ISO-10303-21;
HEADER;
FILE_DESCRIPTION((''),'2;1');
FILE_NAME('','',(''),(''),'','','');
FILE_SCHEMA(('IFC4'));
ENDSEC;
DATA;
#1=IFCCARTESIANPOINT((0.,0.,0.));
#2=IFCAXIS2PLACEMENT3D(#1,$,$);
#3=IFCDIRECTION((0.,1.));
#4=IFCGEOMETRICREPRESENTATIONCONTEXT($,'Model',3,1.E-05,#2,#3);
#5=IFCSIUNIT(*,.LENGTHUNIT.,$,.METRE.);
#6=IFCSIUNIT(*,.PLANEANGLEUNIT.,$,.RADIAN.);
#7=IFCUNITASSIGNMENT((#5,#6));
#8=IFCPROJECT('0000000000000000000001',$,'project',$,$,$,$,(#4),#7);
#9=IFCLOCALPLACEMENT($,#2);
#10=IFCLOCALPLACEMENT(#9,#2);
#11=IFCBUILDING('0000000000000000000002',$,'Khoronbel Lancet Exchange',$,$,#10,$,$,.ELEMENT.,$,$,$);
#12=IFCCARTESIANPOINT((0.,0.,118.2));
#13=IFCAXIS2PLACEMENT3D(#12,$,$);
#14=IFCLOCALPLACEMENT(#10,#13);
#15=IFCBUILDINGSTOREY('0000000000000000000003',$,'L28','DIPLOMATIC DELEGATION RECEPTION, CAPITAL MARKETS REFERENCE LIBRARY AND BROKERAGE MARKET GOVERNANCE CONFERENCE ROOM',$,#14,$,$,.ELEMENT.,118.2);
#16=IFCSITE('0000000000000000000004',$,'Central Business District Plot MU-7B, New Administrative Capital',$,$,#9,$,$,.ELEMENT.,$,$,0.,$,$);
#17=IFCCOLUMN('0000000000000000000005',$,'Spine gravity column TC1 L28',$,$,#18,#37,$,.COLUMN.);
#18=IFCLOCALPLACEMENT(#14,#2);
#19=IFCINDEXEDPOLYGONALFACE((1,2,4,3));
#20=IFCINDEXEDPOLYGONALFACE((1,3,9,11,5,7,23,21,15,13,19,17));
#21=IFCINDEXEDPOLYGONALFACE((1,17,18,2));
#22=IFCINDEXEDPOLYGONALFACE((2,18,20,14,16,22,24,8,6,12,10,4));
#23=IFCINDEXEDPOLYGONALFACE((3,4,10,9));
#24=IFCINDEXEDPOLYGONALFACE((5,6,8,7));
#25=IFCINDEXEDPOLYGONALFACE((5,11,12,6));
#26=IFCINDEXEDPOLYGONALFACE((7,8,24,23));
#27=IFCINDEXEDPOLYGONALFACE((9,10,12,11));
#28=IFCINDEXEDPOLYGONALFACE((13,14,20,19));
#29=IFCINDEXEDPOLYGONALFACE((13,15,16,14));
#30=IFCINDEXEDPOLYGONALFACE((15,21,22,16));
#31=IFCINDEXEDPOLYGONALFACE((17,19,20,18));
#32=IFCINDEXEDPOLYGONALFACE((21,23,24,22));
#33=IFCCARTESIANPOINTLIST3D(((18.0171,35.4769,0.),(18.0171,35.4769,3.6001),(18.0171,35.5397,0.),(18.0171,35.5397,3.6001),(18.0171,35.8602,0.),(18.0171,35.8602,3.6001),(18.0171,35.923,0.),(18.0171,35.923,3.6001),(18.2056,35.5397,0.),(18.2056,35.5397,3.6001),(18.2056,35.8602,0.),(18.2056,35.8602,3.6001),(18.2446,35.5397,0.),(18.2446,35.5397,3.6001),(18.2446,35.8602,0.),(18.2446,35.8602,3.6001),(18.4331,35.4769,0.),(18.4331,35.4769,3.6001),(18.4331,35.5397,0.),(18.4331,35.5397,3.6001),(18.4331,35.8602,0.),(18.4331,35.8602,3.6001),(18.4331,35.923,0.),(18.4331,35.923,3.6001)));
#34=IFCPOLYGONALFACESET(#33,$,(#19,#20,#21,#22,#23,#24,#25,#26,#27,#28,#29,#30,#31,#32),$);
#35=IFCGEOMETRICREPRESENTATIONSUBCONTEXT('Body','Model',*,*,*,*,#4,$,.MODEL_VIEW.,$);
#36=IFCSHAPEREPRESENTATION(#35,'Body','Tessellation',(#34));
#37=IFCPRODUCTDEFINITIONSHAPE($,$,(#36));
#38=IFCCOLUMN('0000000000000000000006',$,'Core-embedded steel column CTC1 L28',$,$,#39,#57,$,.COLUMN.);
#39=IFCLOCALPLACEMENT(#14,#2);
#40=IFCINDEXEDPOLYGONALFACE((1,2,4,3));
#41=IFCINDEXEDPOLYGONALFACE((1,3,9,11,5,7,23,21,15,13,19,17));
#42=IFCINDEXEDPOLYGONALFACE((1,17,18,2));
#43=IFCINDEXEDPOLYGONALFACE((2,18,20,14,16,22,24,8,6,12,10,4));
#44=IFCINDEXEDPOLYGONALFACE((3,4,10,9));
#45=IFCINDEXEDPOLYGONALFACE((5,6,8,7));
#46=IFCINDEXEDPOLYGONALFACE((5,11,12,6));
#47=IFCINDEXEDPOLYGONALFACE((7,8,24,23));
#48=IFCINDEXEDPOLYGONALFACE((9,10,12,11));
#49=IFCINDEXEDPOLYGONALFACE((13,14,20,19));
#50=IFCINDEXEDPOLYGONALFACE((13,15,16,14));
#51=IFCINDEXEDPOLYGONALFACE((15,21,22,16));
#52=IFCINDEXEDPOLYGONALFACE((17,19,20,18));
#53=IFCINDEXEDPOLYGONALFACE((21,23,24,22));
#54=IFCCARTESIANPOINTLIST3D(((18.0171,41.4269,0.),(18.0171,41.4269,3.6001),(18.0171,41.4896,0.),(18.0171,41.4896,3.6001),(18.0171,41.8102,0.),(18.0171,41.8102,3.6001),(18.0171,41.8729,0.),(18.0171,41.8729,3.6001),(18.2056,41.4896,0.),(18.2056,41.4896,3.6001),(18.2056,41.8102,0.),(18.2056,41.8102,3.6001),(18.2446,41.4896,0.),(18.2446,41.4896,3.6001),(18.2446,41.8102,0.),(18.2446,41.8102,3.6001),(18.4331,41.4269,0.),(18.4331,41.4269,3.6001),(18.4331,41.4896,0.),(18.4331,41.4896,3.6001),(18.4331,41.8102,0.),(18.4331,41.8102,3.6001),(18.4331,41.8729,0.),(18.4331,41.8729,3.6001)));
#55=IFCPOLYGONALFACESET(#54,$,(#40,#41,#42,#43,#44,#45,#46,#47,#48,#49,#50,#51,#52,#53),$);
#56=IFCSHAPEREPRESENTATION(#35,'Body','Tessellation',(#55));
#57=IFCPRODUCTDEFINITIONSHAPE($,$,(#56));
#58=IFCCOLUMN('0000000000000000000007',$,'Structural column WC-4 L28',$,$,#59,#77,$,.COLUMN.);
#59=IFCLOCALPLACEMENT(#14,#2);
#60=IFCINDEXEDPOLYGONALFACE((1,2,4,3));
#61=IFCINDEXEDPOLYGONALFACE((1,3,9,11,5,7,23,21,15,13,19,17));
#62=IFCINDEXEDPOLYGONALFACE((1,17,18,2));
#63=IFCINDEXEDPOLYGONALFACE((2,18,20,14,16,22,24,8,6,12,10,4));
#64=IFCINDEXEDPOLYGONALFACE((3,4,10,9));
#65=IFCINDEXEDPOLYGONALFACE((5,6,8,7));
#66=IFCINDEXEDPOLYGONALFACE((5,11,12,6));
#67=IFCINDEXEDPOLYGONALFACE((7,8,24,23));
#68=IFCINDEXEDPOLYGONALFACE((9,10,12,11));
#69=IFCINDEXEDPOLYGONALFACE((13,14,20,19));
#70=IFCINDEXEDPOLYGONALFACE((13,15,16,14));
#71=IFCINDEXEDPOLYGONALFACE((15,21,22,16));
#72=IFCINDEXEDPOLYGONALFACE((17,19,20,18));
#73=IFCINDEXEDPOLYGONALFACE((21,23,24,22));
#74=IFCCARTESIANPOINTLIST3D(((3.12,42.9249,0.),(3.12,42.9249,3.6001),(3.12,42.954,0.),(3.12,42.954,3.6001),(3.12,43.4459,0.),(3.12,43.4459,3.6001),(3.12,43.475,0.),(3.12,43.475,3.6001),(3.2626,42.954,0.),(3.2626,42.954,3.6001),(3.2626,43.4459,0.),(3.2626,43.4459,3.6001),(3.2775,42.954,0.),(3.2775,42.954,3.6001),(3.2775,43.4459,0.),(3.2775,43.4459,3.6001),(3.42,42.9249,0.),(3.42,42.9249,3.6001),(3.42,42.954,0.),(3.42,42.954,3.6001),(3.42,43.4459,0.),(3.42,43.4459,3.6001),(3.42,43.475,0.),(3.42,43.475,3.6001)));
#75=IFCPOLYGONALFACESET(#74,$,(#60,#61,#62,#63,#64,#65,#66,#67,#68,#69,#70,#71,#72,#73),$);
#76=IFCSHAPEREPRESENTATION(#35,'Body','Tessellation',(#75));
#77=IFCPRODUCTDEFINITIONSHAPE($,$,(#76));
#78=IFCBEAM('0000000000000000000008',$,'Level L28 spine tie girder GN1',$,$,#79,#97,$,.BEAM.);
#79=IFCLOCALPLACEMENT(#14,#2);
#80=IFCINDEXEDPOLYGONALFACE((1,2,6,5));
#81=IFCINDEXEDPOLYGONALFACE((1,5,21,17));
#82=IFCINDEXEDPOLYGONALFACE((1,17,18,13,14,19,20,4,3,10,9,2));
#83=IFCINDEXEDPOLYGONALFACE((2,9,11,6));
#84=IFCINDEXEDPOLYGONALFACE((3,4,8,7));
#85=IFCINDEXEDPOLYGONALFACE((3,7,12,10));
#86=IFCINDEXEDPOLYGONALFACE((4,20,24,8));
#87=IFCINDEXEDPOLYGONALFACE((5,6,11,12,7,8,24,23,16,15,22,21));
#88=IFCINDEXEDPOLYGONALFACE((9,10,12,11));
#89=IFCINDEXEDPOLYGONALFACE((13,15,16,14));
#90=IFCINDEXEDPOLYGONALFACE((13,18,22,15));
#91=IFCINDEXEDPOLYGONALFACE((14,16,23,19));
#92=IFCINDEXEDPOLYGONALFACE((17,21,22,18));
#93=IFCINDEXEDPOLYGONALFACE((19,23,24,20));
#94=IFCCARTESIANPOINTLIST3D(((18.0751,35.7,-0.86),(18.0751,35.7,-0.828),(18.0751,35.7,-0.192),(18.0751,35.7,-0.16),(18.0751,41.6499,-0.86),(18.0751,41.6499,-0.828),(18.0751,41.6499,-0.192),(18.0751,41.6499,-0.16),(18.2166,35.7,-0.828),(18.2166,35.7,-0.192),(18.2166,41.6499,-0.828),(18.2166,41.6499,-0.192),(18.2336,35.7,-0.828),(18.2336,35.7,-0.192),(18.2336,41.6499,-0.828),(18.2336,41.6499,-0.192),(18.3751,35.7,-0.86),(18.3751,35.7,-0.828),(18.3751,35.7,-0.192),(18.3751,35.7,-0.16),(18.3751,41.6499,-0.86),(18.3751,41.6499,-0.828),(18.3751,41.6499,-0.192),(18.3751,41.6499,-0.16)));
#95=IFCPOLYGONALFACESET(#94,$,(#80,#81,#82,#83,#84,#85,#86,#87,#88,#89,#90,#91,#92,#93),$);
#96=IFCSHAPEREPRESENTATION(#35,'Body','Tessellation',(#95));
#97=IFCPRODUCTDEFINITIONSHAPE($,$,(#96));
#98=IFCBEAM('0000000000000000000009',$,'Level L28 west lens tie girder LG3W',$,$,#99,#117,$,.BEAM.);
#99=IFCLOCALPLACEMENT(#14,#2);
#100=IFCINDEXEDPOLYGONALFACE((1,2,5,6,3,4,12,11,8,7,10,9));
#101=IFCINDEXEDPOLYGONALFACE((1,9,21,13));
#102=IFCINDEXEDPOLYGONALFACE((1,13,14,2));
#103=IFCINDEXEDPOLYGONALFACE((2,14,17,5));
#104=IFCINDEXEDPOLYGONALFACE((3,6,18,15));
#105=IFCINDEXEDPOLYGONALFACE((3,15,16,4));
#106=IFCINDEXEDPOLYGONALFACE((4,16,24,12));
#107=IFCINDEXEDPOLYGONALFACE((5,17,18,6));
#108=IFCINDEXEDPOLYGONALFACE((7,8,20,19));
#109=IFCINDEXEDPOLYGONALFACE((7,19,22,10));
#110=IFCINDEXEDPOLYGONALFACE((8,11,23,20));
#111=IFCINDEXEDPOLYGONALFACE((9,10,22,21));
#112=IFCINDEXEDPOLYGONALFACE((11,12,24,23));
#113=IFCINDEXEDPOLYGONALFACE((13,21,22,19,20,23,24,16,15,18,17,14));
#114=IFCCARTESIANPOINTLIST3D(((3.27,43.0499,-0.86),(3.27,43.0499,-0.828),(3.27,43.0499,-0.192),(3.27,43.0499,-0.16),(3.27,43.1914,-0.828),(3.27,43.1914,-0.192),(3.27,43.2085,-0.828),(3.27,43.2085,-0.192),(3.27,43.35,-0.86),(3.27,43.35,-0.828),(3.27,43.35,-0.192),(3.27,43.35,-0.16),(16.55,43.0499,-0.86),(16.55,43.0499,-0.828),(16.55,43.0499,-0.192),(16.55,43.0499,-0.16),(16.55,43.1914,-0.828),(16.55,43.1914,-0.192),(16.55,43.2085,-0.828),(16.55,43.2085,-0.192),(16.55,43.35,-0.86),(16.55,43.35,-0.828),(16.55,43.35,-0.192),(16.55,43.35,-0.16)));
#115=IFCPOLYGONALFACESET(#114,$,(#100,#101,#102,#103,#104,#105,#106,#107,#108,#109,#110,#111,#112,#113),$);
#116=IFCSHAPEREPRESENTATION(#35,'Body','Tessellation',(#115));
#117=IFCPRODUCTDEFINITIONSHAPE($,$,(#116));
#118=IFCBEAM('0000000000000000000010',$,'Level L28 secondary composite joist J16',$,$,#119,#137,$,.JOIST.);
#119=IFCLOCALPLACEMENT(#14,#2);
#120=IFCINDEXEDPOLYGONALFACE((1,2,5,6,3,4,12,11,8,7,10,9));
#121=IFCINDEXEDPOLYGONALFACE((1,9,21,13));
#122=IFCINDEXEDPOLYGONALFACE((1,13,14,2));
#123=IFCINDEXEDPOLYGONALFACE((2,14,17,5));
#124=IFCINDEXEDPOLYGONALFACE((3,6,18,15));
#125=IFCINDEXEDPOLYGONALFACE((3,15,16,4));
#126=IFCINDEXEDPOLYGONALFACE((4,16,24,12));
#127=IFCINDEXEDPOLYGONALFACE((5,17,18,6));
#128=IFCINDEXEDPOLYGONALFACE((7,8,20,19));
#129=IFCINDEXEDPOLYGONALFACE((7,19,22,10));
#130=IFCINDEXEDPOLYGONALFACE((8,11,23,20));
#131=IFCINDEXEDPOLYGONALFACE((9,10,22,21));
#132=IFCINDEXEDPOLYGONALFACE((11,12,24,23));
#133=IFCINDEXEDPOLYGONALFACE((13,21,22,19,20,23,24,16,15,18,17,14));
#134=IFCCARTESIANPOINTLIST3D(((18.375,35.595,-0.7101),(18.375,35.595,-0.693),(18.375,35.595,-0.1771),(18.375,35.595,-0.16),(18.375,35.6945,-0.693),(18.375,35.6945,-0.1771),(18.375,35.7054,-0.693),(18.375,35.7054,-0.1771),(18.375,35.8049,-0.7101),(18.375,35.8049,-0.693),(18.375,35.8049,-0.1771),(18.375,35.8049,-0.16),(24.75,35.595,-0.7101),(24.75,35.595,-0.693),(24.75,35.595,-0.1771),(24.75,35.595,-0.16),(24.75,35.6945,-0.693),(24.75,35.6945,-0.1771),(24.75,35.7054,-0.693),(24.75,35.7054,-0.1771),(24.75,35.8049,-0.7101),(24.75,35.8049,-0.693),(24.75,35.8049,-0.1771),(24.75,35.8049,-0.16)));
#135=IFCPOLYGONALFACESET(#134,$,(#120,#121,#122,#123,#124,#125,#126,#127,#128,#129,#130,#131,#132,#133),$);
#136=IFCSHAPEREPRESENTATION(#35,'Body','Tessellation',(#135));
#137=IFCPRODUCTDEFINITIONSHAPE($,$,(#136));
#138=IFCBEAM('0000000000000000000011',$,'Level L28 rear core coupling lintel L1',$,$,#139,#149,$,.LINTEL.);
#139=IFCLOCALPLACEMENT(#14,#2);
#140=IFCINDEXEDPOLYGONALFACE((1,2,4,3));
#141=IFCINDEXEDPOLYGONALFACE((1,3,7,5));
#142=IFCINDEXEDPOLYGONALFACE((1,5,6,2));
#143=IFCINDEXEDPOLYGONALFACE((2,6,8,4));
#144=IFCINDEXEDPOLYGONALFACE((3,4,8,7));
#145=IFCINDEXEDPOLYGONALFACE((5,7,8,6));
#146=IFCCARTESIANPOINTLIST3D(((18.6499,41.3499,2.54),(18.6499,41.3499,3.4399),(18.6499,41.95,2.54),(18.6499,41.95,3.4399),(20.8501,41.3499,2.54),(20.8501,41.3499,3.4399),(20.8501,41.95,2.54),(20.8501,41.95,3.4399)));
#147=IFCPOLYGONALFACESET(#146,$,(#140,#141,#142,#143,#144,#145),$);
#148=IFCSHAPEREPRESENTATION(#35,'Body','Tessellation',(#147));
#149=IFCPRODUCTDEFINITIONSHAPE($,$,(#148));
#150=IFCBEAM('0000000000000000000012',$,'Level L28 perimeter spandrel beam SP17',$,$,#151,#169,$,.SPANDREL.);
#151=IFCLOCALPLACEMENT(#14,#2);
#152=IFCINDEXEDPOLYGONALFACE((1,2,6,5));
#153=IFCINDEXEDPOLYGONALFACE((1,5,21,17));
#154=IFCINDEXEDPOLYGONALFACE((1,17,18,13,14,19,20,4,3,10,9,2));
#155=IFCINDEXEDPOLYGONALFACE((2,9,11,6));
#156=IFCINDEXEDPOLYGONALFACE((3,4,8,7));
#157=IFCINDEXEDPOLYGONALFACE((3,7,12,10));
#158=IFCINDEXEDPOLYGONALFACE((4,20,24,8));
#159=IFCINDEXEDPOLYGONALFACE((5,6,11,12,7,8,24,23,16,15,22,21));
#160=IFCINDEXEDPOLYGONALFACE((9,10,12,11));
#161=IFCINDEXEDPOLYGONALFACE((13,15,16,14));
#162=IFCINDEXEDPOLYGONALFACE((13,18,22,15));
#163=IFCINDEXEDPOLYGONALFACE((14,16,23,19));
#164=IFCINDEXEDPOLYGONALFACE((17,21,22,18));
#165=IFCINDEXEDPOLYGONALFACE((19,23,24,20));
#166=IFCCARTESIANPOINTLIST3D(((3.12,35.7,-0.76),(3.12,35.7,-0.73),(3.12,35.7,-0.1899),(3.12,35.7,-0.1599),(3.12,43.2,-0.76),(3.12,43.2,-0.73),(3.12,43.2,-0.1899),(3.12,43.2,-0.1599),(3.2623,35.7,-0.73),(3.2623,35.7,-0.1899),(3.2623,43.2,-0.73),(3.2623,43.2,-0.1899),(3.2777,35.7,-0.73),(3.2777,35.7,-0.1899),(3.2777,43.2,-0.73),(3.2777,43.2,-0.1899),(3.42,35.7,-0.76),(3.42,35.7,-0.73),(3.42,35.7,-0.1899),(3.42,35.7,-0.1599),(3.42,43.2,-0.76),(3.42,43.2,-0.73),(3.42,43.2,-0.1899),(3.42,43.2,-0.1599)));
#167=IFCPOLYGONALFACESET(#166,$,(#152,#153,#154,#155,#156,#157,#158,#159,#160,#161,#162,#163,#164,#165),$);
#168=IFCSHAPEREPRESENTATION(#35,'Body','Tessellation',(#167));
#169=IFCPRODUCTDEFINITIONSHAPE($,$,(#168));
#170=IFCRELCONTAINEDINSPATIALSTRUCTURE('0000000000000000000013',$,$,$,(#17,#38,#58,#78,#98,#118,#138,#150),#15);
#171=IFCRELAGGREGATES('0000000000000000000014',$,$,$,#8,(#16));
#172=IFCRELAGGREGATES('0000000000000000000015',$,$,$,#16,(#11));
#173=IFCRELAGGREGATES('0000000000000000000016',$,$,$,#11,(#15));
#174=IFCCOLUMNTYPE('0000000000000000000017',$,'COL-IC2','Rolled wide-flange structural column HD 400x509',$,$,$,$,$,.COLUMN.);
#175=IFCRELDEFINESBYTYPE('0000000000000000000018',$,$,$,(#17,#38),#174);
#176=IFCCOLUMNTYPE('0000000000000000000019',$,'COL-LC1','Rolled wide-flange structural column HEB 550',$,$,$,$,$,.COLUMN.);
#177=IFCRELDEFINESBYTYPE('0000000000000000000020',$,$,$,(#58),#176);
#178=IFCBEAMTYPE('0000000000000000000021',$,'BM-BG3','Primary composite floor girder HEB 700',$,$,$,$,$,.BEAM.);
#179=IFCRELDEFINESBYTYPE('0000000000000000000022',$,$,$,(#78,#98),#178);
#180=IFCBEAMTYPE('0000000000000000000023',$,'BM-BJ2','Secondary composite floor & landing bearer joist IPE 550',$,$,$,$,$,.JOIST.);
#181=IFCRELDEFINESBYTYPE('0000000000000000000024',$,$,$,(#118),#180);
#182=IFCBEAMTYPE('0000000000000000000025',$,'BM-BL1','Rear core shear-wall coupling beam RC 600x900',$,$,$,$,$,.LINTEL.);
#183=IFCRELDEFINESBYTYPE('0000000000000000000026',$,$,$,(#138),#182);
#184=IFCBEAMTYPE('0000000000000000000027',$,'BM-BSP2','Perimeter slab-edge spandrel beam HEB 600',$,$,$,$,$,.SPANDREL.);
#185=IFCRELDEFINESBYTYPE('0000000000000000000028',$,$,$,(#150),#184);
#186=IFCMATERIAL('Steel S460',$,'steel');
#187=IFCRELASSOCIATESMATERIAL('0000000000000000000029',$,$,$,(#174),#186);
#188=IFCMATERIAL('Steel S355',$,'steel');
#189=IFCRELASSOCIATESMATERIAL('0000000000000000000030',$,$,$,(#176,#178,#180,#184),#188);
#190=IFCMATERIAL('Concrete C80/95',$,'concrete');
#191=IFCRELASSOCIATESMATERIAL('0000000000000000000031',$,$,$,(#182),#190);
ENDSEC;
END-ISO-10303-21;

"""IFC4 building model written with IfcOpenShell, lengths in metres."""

from ifc_helpers import new_model, si_unit, direction, frame, origin, origin_2d, place, context, subcontext, project, spatial, rectangle, i_section, extrude, material, material_profile, profile_set, type_object, element, save


model = new_model("IFC4")

# Units and contexts
model_context = context("Model", 3, precision=1e-05, world=origin(), true_north=direction((0.0, 1.0)))
body_context = subcontext(model_context, "Body", "Model", "MODEL_VIEW")
ifc_project = project(units=[si_unit("LENGTHUNIT", "METRE"), si_unit("PLANEANGLEUNIT", "RADIAN")], contexts=[model_context])

# Site, building, storey
site_placement = place(None, origin())
site = spatial("IfcSite", under=ifc_project, at=site_placement, Name="Central Business District Plot MU-7B, New Administrative Capital", CompositionType="ELEMENT", RefElevation=0.0)
building_placement = place(site_placement, origin())
building = spatial("IfcBuilding", under=site, at=building_placement, Name="Khoronbel Lancet Exchange", CompositionType="ELEMENT")
storey_placement = place(building_placement, frame((0.0, 0.0, 118.2)))
storey = spatial("IfcBuildingStorey", under=building, at=storey_placement, Name="L28", Description="DIPLOMATIC DELEGATION RECEPTION, CAPITAL MARKETS REFERENCE LIBRARY AND BROKERAGE MARKET GOVERNANCE CONFERENCE ROOM", CompositionType="ELEMENT", Elevation=118.2)

# Columns
ifc_material_1 = material(Name="Steel S460", Category="steel")
ifc_material_profile_1 = material_profile(ifc_material_1, i_section(OverallWidth=0.416, OverallDepth=0.446, WebThickness=0.0391, FlangeThickness=0.0627, at=origin_2d()), Name="HD 400x509")
ifc_profile_set_1 = profile_set([ifc_material_profile_1], Name="Steel S460")
column_type_1 = type_object("IfcColumnType", Name="COL-IC2", Description="Rolled wide-flange structural column HD 400x509", PredefinedType="COLUMN", material=ifc_profile_set_1)
for number, where, z_axis, x_axis, name in (
    (1, (18.2251, 35.7, 0.0), (0.0, 0.0, 1.0), (1.0, 0.0, 0.0), "Spine gravity column TC1 L28"),
    (2, (18.2251, 41.6499, 0.0), (0.0, 0.0, 1.0), (1.0, 0.0, 0.0), "Core-embedded steel column CTC1 L28"),
):
    element("IfcColumn", number, at=place(storey_placement, frame(where, z_axis=z_axis, x_axis=x_axis)), inside=storey, type_object=column_type_1, Name=name, PredefinedType="COLUMN", context=body_context, shape_type="SweptSolid", body=[
        extrude(i_section(OverallWidth=0.416, OverallDepth=0.446, WebThickness=0.0391, FlangeThickness=0.0627, at=origin_2d()), origin(), (0.0, 0.0, 1.0), 3.6001),
    ])
ifc_material_2 = material(Name="Steel S355", Category="steel")
ifc_material_profile_2 = material_profile(ifc_material_2, i_section(OverallWidth=0.3, OverallDepth=0.55, WebThickness=0.0149, FlangeThickness=0.0291, at=origin_2d()), Name="HEB 550")
ifc_profile_set_2 = profile_set([ifc_material_profile_2], Name="Steel S355")
column_type_2 = type_object("IfcColumnType", Name="COL-LC1", Description="Rolled wide-flange structural column HEB 550", PredefinedType="COLUMN", material=ifc_profile_set_2)
column_placement = place(storey_placement, frame((3.27, 43.2, 0.0), z_axis=(0.0, 0.0, 1.0), x_axis=(1.0, 0.0, 0.0)))
element("IfcColumn", 3, at=column_placement, inside=storey, type_object=column_type_2, Name="Structural column WC-4 L28", PredefinedType="COLUMN", context=body_context, shape_type="SweptSolid", body=[
    extrude(i_section(OverallWidth=0.3, OverallDepth=0.55, WebThickness=0.0149, FlangeThickness=0.0291, at=origin_2d()), origin(), (0.0, 0.0, 1.0), 3.6001),
])

# Beams
ifc_material_profile_3 = material_profile(ifc_material_2, i_section(OverallWidth=0.3, OverallDepth=0.7, WebThickness=0.0171, FlangeThickness=0.032, at=origin_2d()), Name="HEB 700")
ifc_profile_set_3 = profile_set([ifc_material_profile_3], Name="Steel S355")
beam_type_1 = type_object("IfcBeamType", Name="BM-BG3", Description="Primary composite floor girder HEB 700", PredefinedType="BEAM", material=ifc_profile_set_3)
beam_1_placement = place(storey_placement, frame((18.2251, 35.7, -0.51), z_axis=(0.0, 1.0, 0.0), x_axis=(-1.0, 0.0, 0.0)))
element("IfcBeam", 4, at=beam_1_placement, inside=storey, type_object=beam_type_1, Name="Level L28 spine tie girder GN1", PredefinedType="BEAM", context=body_context, shape_type="SweptSolid", body=[
    extrude(i_section(OverallWidth=0.3, OverallDepth=0.7, WebThickness=0.0171, FlangeThickness=0.032, at=origin_2d()), origin(), (0.0, 0.0, 1.0), 5.95),
])
beam_2_placement = place(storey_placement, frame((3.27, 43.2, -0.51), z_axis=(1.0, 0.0, 0.0), x_axis=(0.0, 1.0, 0.0)))
element("IfcBeam", 5, at=beam_2_placement, inside=storey, type_object=beam_type_1, Name="Level L28 west lens tie girder LG3W", PredefinedType="BEAM", context=body_context, shape_type="SweptSolid", body=[
    extrude(i_section(OverallWidth=0.3, OverallDepth=0.7, WebThickness=0.0171, FlangeThickness=0.032, at=origin_2d()), origin(), (0.0, 0.0, 1.0), 13.28),
])
ifc_material_profile_4 = material_profile(ifc_material_2, i_section(OverallWidth=0.21, OverallDepth=0.55, WebThickness=0.011, FlangeThickness=0.0171, at=origin_2d()), Name="IPE 550")
ifc_profile_set_4 = profile_set([ifc_material_profile_4], Name="Steel S355")
beam_type_2 = type_object("IfcBeamType", Name="BM-BJ2", Description="Secondary composite floor & landing bearer joist IPE 550", PredefinedType="JOIST", material=ifc_profile_set_4)
beam_3_placement = place(storey_placement, frame((18.375, 35.7, -0.4351), z_axis=(1.0, 0.0, 0.0), x_axis=(0.0, 1.0, 0.0)))
element("IfcBeam", 6, at=beam_3_placement, inside=storey, type_object=beam_type_2, Name="Level L28 secondary composite joist J16", PredefinedType="JOIST", context=body_context, shape_type="SweptSolid", body=[
    extrude(i_section(OverallWidth=0.21, OverallDepth=0.55, WebThickness=0.011, FlangeThickness=0.0171, at=origin_2d()), origin(), (0.0, 0.0, 1.0), 6.375),
])
ifc_material_3 = material(Name="Concrete C80/95", Category="concrete")
ifc_material_profile_5 = material_profile(ifc_material_3, rectangle(XDim=0.6001, YDim=0.8999, at=origin_2d()), Name="RC 600x900")
ifc_profile_set_5 = profile_set([ifc_material_profile_5], Name="Concrete C80/95")
beam_type_3 = type_object("IfcBeamType", Name="BM-BL1", Description="Rear core shear-wall coupling beam RC 600x900", PredefinedType="LINTEL", material=ifc_profile_set_5)
beam_4_placement = place(storey_placement, frame((18.6499, 41.6499, 2.99), z_axis=(1.0, 0.0, 0.0), x_axis=(0.0, 1.0, 0.0)))
element("IfcBeam", 7, at=beam_4_placement, inside=storey, type_object=beam_type_3, Name="Level L28 rear core coupling lintel L1", PredefinedType="LINTEL", context=body_context, shape_type="SweptSolid", body=[
    extrude(rectangle(XDim=0.6001, YDim=0.8999, at=origin_2d()), origin(), (0.0, 0.0, 1.0), 2.2002),
])
ifc_material_profile_6 = material_profile(ifc_material_2, i_section(OverallWidth=0.3, OverallDepth=0.6001, WebThickness=0.0154, FlangeThickness=0.03, at=origin_2d()), Name="HEB 600")
ifc_profile_set_6 = profile_set([ifc_material_profile_6], Name="Steel S355")
beam_type_4 = type_object("IfcBeamType", Name="BM-BSP2", Description="Perimeter slab-edge spandrel beam HEB 600", PredefinedType="SPANDREL", material=ifc_profile_set_6)
beam_5_placement = place(storey_placement, frame((3.27, 43.2, -0.46), z_axis=(0.0, -1.0, 0.0), x_axis=(1.0, 0.0, 0.0)))
element("IfcBeam", 8, at=beam_5_placement, inside=storey, type_object=beam_type_4, Name="Level L28 perimeter spandrel beam SP17", PredefinedType="SPANDREL", context=body_context, shape_type="SweptSolid", body=[
    extrude(i_section(OverallWidth=0.3, OverallDepth=0.6001, WebThickness=0.0154, FlangeThickness=0.03, at=origin_2d()), origin(), (0.0, 0.0, 1.0), 7.5),
])

save(model, "model.ifc")
